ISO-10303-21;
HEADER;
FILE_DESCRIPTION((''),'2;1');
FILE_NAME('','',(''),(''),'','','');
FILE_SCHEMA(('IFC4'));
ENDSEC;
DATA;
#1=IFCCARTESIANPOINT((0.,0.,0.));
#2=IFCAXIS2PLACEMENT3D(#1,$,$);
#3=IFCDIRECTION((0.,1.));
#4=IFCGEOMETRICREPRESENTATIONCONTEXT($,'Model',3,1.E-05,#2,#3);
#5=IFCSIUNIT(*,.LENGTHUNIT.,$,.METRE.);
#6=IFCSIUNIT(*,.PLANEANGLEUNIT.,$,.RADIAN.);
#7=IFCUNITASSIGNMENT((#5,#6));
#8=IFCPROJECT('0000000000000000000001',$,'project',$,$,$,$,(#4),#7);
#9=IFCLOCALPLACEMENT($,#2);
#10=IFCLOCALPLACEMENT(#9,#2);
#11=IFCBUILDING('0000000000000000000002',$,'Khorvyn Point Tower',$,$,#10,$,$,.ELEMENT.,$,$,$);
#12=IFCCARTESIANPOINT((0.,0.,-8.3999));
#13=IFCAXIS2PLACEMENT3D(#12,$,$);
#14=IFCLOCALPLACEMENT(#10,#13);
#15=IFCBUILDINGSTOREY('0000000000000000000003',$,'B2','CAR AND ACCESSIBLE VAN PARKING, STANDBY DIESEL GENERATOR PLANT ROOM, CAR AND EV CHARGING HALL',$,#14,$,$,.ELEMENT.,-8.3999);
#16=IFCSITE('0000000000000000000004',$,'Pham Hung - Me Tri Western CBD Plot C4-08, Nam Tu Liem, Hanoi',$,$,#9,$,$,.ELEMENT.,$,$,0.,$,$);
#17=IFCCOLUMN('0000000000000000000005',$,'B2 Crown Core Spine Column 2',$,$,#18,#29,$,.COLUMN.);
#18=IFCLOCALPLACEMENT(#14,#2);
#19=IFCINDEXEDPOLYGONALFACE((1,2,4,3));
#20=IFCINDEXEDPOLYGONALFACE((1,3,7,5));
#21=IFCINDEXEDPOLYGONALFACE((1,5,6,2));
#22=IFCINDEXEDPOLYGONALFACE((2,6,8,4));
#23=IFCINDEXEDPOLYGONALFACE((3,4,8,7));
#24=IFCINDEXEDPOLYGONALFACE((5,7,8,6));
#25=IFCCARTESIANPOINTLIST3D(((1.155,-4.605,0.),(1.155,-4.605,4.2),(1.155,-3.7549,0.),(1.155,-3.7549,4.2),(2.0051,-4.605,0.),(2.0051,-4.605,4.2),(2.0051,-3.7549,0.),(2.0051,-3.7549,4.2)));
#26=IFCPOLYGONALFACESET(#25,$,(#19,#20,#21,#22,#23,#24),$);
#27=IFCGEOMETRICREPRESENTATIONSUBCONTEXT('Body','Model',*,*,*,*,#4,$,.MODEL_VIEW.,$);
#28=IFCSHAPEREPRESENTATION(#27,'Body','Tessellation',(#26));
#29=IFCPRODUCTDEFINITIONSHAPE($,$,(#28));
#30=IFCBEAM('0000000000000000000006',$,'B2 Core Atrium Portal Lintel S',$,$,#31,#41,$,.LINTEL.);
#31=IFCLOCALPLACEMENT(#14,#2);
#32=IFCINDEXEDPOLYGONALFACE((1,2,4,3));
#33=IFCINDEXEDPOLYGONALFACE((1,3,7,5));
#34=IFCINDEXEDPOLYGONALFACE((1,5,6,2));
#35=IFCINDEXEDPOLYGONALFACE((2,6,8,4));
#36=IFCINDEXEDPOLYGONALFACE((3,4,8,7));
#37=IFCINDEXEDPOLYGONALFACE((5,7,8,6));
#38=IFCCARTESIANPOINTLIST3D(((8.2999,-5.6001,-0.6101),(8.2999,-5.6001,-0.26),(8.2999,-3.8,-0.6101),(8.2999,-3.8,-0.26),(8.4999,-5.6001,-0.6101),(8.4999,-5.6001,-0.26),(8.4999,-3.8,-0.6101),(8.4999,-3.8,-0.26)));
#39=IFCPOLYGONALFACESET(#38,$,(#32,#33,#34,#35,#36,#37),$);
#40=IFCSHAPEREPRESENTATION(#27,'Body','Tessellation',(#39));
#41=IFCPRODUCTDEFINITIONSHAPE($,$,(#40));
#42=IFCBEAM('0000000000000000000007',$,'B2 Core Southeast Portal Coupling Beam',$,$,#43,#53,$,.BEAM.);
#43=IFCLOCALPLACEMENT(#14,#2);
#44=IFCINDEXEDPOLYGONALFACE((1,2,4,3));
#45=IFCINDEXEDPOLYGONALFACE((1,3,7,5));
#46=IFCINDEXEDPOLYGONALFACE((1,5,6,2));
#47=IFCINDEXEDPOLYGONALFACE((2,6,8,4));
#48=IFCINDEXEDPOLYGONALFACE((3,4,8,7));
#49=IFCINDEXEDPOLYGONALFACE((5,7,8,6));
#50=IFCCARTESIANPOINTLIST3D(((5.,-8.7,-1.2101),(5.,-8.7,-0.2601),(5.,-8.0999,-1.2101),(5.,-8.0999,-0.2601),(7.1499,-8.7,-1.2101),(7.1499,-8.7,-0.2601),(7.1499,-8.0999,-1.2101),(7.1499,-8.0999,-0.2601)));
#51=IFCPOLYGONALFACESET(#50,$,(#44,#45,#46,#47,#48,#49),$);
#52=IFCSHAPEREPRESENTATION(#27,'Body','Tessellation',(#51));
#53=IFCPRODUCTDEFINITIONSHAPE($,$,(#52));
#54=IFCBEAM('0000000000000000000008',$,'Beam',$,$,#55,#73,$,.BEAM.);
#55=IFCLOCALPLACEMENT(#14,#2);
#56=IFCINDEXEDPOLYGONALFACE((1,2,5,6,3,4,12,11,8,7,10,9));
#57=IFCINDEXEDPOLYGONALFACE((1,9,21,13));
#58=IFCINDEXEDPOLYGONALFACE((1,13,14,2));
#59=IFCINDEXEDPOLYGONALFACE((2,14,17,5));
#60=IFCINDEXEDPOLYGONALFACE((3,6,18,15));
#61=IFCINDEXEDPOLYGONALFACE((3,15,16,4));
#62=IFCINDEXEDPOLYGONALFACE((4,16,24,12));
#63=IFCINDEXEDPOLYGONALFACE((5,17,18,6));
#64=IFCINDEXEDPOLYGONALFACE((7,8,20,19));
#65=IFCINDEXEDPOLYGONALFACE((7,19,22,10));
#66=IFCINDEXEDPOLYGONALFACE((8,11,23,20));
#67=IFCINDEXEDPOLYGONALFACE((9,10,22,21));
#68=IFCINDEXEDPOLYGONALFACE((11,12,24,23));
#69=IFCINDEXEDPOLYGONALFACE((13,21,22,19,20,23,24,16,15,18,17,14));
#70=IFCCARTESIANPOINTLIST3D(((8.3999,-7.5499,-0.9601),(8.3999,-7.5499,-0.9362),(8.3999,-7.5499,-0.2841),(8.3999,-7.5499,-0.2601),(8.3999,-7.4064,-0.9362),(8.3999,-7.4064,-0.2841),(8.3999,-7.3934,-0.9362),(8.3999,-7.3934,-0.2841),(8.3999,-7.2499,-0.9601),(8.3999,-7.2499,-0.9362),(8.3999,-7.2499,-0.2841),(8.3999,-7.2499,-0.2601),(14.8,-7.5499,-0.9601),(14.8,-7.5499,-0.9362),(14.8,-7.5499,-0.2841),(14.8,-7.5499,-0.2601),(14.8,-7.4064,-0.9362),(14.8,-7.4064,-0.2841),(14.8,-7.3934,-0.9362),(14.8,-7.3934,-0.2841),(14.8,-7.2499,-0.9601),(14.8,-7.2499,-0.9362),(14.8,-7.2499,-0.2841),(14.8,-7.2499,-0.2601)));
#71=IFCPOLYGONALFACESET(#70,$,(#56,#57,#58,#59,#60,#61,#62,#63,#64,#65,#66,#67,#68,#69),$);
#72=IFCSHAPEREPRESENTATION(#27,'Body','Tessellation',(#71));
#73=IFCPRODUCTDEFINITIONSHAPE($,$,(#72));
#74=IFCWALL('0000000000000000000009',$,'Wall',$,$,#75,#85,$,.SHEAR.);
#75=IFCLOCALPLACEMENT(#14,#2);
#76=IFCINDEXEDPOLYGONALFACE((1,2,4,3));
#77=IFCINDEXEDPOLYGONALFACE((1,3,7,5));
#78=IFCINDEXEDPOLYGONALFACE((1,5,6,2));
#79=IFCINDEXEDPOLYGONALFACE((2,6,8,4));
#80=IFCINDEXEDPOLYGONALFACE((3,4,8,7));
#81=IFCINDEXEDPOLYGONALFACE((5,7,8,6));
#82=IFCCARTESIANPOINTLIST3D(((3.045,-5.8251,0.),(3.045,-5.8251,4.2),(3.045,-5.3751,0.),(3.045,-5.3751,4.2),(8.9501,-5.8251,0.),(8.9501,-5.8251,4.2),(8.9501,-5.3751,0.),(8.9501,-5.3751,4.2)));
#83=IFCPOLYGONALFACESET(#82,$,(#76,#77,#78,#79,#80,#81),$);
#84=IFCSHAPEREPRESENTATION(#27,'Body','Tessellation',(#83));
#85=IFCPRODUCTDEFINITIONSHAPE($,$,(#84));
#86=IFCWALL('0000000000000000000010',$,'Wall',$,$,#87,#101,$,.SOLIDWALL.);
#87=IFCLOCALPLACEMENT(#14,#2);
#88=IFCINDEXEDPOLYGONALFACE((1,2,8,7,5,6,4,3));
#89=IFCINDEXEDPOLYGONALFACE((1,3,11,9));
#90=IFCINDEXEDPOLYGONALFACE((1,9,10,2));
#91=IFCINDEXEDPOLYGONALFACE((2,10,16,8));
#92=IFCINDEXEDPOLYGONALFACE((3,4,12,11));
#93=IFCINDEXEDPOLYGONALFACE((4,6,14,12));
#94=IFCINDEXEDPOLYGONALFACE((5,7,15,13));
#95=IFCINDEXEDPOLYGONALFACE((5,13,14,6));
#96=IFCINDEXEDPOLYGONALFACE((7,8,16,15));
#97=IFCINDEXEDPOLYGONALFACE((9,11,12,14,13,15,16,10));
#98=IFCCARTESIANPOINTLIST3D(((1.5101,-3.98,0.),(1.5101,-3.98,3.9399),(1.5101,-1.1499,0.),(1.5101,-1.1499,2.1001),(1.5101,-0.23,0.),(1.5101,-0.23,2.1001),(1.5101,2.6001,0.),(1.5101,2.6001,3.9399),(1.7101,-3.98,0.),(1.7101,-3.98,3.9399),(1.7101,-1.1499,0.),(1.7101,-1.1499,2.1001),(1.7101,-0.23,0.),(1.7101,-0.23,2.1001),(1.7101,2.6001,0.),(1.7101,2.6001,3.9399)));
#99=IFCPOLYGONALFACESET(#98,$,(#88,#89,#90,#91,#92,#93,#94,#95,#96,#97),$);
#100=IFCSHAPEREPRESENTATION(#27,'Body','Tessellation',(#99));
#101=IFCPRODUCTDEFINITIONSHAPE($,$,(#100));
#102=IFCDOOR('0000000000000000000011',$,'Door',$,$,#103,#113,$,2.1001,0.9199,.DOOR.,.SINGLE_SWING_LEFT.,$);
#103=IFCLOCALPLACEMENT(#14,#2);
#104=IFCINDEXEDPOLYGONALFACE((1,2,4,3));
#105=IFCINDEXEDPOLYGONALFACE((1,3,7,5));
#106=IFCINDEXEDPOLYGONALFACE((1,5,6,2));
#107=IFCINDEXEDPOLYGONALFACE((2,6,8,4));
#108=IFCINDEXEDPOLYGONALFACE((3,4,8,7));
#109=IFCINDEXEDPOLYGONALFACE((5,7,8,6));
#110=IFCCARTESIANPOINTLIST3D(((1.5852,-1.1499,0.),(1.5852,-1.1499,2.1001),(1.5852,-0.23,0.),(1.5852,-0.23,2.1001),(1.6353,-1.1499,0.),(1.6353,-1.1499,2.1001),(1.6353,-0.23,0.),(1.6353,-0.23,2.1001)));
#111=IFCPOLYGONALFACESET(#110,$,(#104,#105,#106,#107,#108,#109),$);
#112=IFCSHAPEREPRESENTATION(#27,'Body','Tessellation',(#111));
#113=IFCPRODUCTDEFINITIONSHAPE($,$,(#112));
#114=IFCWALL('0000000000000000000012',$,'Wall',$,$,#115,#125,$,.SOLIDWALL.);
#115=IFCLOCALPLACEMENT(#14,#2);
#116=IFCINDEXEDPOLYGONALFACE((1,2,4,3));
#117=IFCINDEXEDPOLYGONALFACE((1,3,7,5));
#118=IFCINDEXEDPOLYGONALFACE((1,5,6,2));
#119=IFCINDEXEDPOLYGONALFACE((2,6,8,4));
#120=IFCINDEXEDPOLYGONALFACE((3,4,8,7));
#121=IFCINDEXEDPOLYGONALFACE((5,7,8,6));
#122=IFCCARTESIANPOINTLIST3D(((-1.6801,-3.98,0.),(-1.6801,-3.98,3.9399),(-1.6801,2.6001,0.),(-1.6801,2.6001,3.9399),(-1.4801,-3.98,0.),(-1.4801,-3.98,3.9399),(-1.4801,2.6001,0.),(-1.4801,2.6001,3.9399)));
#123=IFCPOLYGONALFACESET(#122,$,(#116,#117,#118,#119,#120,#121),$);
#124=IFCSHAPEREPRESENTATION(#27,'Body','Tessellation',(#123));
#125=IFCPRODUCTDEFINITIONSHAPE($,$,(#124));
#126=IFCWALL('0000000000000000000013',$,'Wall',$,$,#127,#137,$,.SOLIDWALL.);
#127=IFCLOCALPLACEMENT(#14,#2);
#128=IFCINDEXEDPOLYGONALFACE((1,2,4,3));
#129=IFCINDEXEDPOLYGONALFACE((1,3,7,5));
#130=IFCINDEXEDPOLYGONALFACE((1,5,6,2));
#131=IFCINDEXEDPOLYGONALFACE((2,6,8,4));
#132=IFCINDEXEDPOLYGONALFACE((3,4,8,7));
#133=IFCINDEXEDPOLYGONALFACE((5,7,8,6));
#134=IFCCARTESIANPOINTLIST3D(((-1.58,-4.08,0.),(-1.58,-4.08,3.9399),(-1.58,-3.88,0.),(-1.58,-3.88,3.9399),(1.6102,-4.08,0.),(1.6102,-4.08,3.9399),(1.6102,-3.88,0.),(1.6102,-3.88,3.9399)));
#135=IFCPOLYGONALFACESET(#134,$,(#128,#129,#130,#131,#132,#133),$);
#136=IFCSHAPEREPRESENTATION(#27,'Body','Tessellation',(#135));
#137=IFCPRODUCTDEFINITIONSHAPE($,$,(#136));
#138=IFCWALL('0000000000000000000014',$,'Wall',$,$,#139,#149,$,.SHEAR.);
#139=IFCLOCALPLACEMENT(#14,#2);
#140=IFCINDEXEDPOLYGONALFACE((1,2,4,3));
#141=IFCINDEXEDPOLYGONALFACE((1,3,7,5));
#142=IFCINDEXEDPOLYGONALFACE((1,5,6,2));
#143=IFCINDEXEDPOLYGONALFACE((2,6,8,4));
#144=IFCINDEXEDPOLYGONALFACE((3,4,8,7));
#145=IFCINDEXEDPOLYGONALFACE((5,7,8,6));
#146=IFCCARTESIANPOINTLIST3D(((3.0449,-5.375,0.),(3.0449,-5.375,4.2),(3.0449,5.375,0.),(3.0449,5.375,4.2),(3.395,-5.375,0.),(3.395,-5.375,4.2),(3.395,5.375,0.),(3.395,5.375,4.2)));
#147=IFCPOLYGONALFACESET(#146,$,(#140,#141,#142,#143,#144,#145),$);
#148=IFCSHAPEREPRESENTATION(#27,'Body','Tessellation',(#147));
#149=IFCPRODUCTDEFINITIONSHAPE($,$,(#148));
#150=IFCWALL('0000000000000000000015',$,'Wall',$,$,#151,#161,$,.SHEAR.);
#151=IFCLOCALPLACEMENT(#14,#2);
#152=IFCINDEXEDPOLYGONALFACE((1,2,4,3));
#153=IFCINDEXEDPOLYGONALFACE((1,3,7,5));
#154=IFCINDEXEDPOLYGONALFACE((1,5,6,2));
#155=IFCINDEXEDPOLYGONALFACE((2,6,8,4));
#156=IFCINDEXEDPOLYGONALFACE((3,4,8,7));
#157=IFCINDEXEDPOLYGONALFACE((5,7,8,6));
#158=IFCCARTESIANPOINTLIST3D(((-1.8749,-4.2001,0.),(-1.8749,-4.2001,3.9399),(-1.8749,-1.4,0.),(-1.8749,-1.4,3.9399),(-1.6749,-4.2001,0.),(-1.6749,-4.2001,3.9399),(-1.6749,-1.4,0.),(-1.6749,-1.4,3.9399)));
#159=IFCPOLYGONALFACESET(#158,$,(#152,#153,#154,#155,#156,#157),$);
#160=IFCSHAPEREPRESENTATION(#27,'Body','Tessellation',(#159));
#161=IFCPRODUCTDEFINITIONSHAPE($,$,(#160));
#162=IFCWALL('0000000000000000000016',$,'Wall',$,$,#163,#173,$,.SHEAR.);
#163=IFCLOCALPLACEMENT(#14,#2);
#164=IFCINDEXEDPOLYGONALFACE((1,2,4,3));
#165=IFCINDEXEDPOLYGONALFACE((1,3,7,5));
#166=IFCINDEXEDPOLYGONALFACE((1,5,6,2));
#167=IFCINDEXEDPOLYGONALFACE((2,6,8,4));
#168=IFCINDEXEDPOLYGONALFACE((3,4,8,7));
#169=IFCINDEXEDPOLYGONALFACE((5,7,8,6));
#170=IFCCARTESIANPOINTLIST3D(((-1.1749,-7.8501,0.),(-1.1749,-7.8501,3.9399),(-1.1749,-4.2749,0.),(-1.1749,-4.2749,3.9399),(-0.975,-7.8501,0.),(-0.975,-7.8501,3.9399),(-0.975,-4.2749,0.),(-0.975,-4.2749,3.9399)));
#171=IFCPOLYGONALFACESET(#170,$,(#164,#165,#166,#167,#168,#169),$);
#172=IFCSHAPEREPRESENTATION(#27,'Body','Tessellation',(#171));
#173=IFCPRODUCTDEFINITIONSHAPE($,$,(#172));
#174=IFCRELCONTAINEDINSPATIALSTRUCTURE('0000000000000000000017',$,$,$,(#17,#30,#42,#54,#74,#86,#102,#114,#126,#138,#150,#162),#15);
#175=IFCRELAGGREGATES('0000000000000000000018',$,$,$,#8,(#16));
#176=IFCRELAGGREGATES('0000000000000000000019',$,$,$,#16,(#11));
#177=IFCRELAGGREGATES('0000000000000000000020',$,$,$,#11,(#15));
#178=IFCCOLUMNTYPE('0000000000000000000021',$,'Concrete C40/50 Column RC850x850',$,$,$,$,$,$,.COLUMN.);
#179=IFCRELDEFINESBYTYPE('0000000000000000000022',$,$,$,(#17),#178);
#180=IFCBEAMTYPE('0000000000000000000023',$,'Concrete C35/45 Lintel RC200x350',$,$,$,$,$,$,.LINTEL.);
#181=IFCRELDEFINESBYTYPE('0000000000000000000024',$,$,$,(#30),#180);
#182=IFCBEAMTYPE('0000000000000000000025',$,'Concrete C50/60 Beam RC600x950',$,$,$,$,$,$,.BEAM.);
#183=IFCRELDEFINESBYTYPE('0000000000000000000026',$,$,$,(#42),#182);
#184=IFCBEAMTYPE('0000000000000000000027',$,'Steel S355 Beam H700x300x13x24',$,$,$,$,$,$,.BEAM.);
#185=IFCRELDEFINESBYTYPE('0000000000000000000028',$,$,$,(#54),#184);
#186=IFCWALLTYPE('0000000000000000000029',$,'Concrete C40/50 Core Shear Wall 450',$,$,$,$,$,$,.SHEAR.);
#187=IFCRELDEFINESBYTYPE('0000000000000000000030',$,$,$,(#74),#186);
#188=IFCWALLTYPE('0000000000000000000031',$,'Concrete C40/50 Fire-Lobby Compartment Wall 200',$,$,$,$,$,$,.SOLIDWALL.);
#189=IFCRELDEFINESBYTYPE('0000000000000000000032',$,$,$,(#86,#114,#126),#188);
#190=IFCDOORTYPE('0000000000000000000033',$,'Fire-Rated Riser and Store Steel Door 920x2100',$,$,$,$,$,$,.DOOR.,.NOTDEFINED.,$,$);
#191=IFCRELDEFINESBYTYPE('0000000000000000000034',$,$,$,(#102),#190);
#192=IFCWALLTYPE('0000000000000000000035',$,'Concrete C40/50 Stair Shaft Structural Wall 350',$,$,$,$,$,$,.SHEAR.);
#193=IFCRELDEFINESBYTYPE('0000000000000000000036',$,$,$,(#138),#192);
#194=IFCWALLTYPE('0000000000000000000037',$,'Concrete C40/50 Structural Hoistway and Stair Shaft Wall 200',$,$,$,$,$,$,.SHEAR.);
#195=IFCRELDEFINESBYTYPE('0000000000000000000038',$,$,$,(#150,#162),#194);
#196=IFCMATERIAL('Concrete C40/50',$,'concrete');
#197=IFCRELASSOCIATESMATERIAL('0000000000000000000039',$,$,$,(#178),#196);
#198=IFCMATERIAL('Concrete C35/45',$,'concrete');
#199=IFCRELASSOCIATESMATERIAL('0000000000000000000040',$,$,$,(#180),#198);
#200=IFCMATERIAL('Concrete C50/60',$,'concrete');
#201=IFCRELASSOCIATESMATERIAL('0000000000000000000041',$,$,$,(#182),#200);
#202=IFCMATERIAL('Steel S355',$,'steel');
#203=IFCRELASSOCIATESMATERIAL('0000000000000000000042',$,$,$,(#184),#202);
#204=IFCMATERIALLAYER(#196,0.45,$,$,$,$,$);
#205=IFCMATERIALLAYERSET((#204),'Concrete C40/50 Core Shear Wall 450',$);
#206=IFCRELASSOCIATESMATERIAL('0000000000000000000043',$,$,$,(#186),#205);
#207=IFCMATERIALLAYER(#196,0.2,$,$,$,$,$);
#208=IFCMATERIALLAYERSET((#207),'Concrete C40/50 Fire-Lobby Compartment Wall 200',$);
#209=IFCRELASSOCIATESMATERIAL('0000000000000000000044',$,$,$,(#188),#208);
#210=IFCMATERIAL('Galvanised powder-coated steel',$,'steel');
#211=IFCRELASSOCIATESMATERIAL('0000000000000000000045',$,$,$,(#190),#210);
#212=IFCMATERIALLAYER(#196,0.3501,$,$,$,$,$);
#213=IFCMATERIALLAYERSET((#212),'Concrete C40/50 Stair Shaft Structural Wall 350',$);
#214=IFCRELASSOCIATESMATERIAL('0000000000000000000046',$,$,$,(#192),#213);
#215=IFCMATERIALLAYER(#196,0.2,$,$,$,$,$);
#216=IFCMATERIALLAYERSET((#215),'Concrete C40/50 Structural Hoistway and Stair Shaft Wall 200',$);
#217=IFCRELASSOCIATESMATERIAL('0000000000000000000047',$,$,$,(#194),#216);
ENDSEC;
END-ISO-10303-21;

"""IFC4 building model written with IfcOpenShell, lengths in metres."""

from ifc_helpers import new_model, si_unit, direction, frame, frame_2d, origin, origin_2d, place, context, subcontext, project, spatial, rectangle, i_section, extrude, material, layer, layer_set, material_profile, profile_set, type_object, element, fill, save


model = new_model("IFC4")

# Units and contexts
model_context = context("Model", 3, precision=1e-05, world=origin(), true_north=direction((0.0, 1.0)))
body_context = subcontext(model_context, "Body", "Model", "MODEL_VIEW")
ifc_project = project(units=[si_unit("LENGTHUNIT", "METRE"), si_unit("PLANEANGLEUNIT", "RADIAN")], contexts=[model_context])

# Site, building, storey
site_placement = place(None, origin())
site = spatial("IfcSite", under=ifc_project, at=site_placement, Name="Pham Hung - Me Tri Western CBD Plot C4-08, Nam Tu Liem, Hanoi", CompositionType="ELEMENT", RefElevation=0.0)
building_placement = place(site_placement, origin())
building = spatial("IfcBuilding", under=site, at=building_placement, Name="Khorvyn Point Tower", CompositionType="ELEMENT")
storey_placement = place(building_placement, frame((0.0, 0.0, -8.3999)))
storey = spatial("IfcBuildingStorey", under=building, at=storey_placement, Name="B2", Description="CAR AND ACCESSIBLE VAN PARKING, STANDBY DIESEL GENERATOR PLANT ROOM, CAR AND EV CHARGING HALL", CompositionType="ELEMENT", Elevation=-8.3999)

# Column
ifc_material_1 = material(Name="Concrete C40/50", Category="concrete")
ifc_material_profile_1 = material_profile(ifc_material_1, rectangle(XDim=0.8501, YDim=0.8501, at=origin_2d()))
ifc_profile_set_1 = profile_set([ifc_material_profile_1], Name="Concrete C40/50 RC850x850")
column_type = type_object("IfcColumnType", Name="Concrete C40/50 Column RC850x850", PredefinedType="COLUMN", material=ifc_profile_set_1)
column_placement = place(storey_placement, frame((1.5801, -4.1799, 0.0), z_axis=(0.0, 0.0, 1.0), x_axis=(1.0, 0.0, 0.0)))
element("IfcColumn", 1, at=column_placement, inside=storey, type_object=column_type, Name="B2 Crown Core Spine Column 2", PredefinedType="COLUMN", context=body_context, shape_type="SweptSolid", body=[
    extrude(rectangle(XDim=0.8501, YDim=0.8501, at=origin_2d()), origin(), (0.0, 0.0, 1.0), 4.2),
])

# Beams
ifc_material_2 = material(Name="Concrete C35/45", Category="concrete")
ifc_material_profile_2 = material_profile(ifc_material_2, rectangle(XDim=0.2, YDim=0.3501, at=origin_2d()))
ifc_profile_set_2 = profile_set([ifc_material_profile_2], Name="Concrete C35/45 RC200x350")
beam_type_1 = type_object("IfcBeamType", Name="Concrete C35/45 Lintel RC200x350", PredefinedType="LINTEL", material=ifc_profile_set_2)
beam_1_placement = place(storey_placement, frame((8.3999, -5.6001, -0.4351), z_axis=(0.0, 1.0, 0.0), x_axis=(-1.0, 0.0, 0.0)))
element("IfcBeam", 2, at=beam_1_placement, inside=storey, type_object=beam_type_1, Name="B2 Core Atrium Portal Lintel S", PredefinedType="LINTEL", context=body_context, shape_type="SweptSolid", body=[
    extrude(rectangle(XDim=0.2, YDim=0.3501, at=origin_2d()), origin(), (0.0, 0.0, 1.0), 1.8),
])
ifc_material_3 = material(Name="Concrete C50/60", Category="concrete")
ifc_material_profile_3 = material_profile(ifc_material_3, rectangle(XDim=0.6001, YDim=0.95, at=origin_2d()))
ifc_profile_set_3 = profile_set([ifc_material_profile_3], Name="Concrete C50/60 RC600x950")
beam_type_2 = type_object("IfcBeamType", Name="Concrete C50/60 Beam RC600x950", PredefinedType="BEAM", material=ifc_profile_set_3)
beam_2_placement = place(storey_placement, frame((5.0, -8.3999, -0.7351), z_axis=(1.0, 0.0, 0.0), x_axis=(0.0, 1.0, 0.0)))
element("IfcBeam", 3, at=beam_2_placement, inside=storey, type_object=beam_type_2, Name="B2 Core Southeast Portal Coupling Beam", PredefinedType="BEAM", context=body_context, shape_type="SweptSolid", body=[
    extrude(rectangle(XDim=0.6001, YDim=0.95, at=origin_2d()), origin(), (0.0, 0.0, 1.0), 2.1499),
])
ifc_material_4 = material(Name="Steel S355", Category="steel")
ifc_material_profile_4 = material_profile(ifc_material_4, i_section(OverallWidth=0.3, OverallDepth=0.7, WebThickness=0.0129, FlangeThickness=0.0239, at=origin_2d()))
ifc_profile_set_4 = profile_set([ifc_material_profile_4], Name="Steel S355 H700x300x13x24")
beam_type_3 = type_object("IfcBeamType", Name="Steel S355 Beam H700x300x13x24", PredefinedType="BEAM", material=ifc_profile_set_4)
beam_3_placement = place(storey_placement, frame((8.3999, -7.3999, -0.6101), z_axis=(1.0, 0.0, 0.0), x_axis=(0.0, 1.0, 0.0)))
element("IfcBeam", 4, at=beam_3_placement, inside=storey, type_object=beam_type_3, Name="Beam", PredefinedType="BEAM", context=body_context, shape_type="SweptSolid", body=[
    extrude(i_section(OverallWidth=0.3, OverallDepth=0.7, WebThickness=0.0129, FlangeThickness=0.0239, at=origin_2d()), origin(), (0.0, 0.0, 1.0), 6.4001),
])

# Wall
ifc_layer_1 = layer(ifc_material_1, 0.45)
ifc_layer_set_1 = layer_set([ifc_layer_1], Name="Concrete C40/50 Core Shear Wall 450")
wall_type_1 = type_object("IfcWallType", Name="Concrete C40/50 Core Shear Wall 450", PredefinedType="SHEAR", material=ifc_layer_set_1)
wall_1_placement = place(storey_placement, frame((3.0449, -5.6001, 0.0), z_axis=(0.0, 0.0, 1.0), x_axis=(1.0, 0.0, 0.0)))
element("IfcWall", 5, at=wall_1_placement, inside=storey, type_object=wall_type_1, Name="Wall", PredefinedType="SHEAR", context=body_context, shape_type="SweptSolid", body=[
    extrude(rectangle(XDim=5.905, YDim=0.45, at=frame_2d((2.9526, 0.0))), origin(), (0.0, 0.0, 1.0), 4.2),
])

# Wall, opening, door
ifc_layer_2 = layer(ifc_material_1, 0.2)
ifc_layer_set_2 = layer_set([ifc_layer_2], Name="Concrete C40/50 Fire-Lobby Compartment Wall 200")
wall_type_2 = type_object("IfcWallType", Name="Concrete C40/50 Fire-Lobby Compartment Wall 200", PredefinedType="SOLIDWALL", material=ifc_layer_set_2)
ifc_material_5 = material(Name="Galvanised powder-coated steel", Category="steel")
wall_2_placement = place(storey_placement, frame((1.6101, -3.98, 0.0), z_axis=(0.0, 0.0, 1.0), x_axis=(0.0, 1.0, 0.0)))
wall_2 = element("IfcWall", 6, at=wall_2_placement, inside=storey, type_object=wall_type_2, Name="Wall", PredefinedType="SOLIDWALL", context=body_context, shape_type="SweptSolid", body=[
    extrude(rectangle(XDim=6.5801, YDim=0.2, at=frame_2d((3.29, 0.0))), origin(), (0.0, 0.0, 1.0), 3.9399),
])
opening_1_placement = place(wall_2_placement, frame((2.8301, 0.0, 0.0)))
opening_1 = element("IfcOpeningElement", 7, at=opening_1_placement, cuts=wall_2, PredefinedType="OPENING", context=body_context, shape_type="SweptSolid", body=[
    extrude(rectangle(XDim=0.9199, YDim=2.1001, at=frame_2d((0.46, 1.05))), frame((0.0, 0.1099, 0.0), z_axis=(0.0, -1.0, 0.0), x_axis=(1.0, 0.0, 0.0)), (0.0, 0.0, 1.0), 0.22),
])
door_type_1 = type_object("IfcDoorType", Name="Fire-Rated Riser and Store Steel Door 920x2100", OperationType="NOTDEFINED", PredefinedType="DOOR", material=ifc_material_5)
door_1_placement = place(opening_1_placement, origin())
door_1 = element("IfcDoor", 8, at=door_1_placement, inside=storey, type_object=door_type_1, Name="Door", OperationType="SINGLE_SWING_LEFT", OverallHeight=2.1001, OverallWidth=0.9199, PredefinedType="DOOR", context=body_context, shape_type="SweptSolid", body=[
    extrude(rectangle(XDim=0.9199, YDim=2.1001, at=frame_2d((0.46, 1.05))), frame((0.0, 0.0249, 0.0), z_axis=(0.0, -1.0, 0.0), x_axis=(1.0, 0.0, 0.0)), (0.0, 0.0, 1.0), 0.05),
])
fill(opening_1, door_1)

# Walls
wall_3_placement = place(storey_placement, frame((-1.5801, -3.98, 0.0), z_axis=(0.0, 0.0, 1.0), x_axis=(0.0, 1.0, 0.0)))
element("IfcWall", 9, at=wall_3_placement, inside=storey, type_object=wall_type_2, Name="Wall", PredefinedType="SOLIDWALL", context=body_context, shape_type="SweptSolid", body=[
    extrude(rectangle(XDim=6.5801, YDim=0.2, at=frame_2d((3.29, 0.0))), origin(), (0.0, 0.0, 1.0), 3.9399),
])
wall_4_placement = place(storey_placement, frame((-1.5801, -3.98, 0.0), z_axis=(0.0, 0.0, 1.0), x_axis=(1.0, 0.0, 0.0)))
element("IfcWall", 10, at=wall_4_placement, inside=storey, type_object=wall_type_2, Name="Wall", PredefinedType="SOLIDWALL", context=body_context, shape_type="SweptSolid", body=[
    extrude(rectangle(XDim=3.1902, YDim=0.2, at=frame_2d((1.5952, 0.0))), origin(), (0.0, 0.0, 1.0), 3.9399),
])
ifc_layer_3 = layer(ifc_material_1, 0.3501)
ifc_layer_set_3 = layer_set([ifc_layer_3], Name="Concrete C40/50 Stair Shaft Structural Wall 350")
wall_type_3 = type_object("IfcWallType", Name="Concrete C40/50 Stair Shaft Structural Wall 350", PredefinedType="SHEAR", material=ifc_layer_set_3)
wall_5_placement = place(storey_placement, frame((3.22, -5.375, 0.0), z_axis=(0.0, 0.0, 1.0), x_axis=(0.0, 1.0, 0.0)))
element("IfcWall", 11, at=wall_5_placement, inside=storey, type_object=wall_type_3, Name="Wall", PredefinedType="SHEAR", context=body_context, shape_type="SweptSolid", body=[
    extrude(rectangle(XDim=10.75, YDim=0.3501, at=frame_2d((5.375, 0.0))), origin(), (0.0, 0.0, 1.0), 4.2),
])

# Walls
ifc_layer_4 = layer(ifc_material_1, 0.2)
ifc_layer_set_4 = layer_set([ifc_layer_4], Name="Concrete C40/50 Structural Hoistway and Stair Shaft Wall 200")
wall_type_4 = type_object("IfcWallType", Name="Concrete C40/50 Structural Hoistway and Stair Shaft Wall 200", PredefinedType="SHEAR", material=ifc_layer_set_4)
wall_6_placement = place(storey_placement, frame((-1.7749, -4.2, 0.0), z_axis=(0.0, 0.0, 1.0), x_axis=(0.0, 1.0, 0.0)))
element("IfcWall", 12, at=wall_6_placement, inside=storey, type_object=wall_type_4, Name="Wall", PredefinedType="SHEAR", context=body_context, shape_type="SweptSolid", body=[
    extrude(rectangle(XDim=2.8, YDim=0.2, at=frame_2d((1.3999, 0.0))), origin(), (0.0, 0.0, 1.0), 3.9399),
])
wall_7_placement = place(storey_placement, frame((-1.075, -7.8501, 0.0), z_axis=(0.0, 0.0, 1.0), x_axis=(0.0, 1.0, 0.0)))
element("IfcWall", 13, at=wall_7_placement, inside=storey, type_object=wall_type_4, Name="Wall", PredefinedType="SHEAR", context=body_context, shape_type="SweptSolid", body=[
    extrude(rectangle(XDim=3.5752, YDim=0.2, at=frame_2d((1.7876, 0.0))), origin(), (0.0, 0.0, 1.0), 3.9399),
])

save(model, "model.ifc")
